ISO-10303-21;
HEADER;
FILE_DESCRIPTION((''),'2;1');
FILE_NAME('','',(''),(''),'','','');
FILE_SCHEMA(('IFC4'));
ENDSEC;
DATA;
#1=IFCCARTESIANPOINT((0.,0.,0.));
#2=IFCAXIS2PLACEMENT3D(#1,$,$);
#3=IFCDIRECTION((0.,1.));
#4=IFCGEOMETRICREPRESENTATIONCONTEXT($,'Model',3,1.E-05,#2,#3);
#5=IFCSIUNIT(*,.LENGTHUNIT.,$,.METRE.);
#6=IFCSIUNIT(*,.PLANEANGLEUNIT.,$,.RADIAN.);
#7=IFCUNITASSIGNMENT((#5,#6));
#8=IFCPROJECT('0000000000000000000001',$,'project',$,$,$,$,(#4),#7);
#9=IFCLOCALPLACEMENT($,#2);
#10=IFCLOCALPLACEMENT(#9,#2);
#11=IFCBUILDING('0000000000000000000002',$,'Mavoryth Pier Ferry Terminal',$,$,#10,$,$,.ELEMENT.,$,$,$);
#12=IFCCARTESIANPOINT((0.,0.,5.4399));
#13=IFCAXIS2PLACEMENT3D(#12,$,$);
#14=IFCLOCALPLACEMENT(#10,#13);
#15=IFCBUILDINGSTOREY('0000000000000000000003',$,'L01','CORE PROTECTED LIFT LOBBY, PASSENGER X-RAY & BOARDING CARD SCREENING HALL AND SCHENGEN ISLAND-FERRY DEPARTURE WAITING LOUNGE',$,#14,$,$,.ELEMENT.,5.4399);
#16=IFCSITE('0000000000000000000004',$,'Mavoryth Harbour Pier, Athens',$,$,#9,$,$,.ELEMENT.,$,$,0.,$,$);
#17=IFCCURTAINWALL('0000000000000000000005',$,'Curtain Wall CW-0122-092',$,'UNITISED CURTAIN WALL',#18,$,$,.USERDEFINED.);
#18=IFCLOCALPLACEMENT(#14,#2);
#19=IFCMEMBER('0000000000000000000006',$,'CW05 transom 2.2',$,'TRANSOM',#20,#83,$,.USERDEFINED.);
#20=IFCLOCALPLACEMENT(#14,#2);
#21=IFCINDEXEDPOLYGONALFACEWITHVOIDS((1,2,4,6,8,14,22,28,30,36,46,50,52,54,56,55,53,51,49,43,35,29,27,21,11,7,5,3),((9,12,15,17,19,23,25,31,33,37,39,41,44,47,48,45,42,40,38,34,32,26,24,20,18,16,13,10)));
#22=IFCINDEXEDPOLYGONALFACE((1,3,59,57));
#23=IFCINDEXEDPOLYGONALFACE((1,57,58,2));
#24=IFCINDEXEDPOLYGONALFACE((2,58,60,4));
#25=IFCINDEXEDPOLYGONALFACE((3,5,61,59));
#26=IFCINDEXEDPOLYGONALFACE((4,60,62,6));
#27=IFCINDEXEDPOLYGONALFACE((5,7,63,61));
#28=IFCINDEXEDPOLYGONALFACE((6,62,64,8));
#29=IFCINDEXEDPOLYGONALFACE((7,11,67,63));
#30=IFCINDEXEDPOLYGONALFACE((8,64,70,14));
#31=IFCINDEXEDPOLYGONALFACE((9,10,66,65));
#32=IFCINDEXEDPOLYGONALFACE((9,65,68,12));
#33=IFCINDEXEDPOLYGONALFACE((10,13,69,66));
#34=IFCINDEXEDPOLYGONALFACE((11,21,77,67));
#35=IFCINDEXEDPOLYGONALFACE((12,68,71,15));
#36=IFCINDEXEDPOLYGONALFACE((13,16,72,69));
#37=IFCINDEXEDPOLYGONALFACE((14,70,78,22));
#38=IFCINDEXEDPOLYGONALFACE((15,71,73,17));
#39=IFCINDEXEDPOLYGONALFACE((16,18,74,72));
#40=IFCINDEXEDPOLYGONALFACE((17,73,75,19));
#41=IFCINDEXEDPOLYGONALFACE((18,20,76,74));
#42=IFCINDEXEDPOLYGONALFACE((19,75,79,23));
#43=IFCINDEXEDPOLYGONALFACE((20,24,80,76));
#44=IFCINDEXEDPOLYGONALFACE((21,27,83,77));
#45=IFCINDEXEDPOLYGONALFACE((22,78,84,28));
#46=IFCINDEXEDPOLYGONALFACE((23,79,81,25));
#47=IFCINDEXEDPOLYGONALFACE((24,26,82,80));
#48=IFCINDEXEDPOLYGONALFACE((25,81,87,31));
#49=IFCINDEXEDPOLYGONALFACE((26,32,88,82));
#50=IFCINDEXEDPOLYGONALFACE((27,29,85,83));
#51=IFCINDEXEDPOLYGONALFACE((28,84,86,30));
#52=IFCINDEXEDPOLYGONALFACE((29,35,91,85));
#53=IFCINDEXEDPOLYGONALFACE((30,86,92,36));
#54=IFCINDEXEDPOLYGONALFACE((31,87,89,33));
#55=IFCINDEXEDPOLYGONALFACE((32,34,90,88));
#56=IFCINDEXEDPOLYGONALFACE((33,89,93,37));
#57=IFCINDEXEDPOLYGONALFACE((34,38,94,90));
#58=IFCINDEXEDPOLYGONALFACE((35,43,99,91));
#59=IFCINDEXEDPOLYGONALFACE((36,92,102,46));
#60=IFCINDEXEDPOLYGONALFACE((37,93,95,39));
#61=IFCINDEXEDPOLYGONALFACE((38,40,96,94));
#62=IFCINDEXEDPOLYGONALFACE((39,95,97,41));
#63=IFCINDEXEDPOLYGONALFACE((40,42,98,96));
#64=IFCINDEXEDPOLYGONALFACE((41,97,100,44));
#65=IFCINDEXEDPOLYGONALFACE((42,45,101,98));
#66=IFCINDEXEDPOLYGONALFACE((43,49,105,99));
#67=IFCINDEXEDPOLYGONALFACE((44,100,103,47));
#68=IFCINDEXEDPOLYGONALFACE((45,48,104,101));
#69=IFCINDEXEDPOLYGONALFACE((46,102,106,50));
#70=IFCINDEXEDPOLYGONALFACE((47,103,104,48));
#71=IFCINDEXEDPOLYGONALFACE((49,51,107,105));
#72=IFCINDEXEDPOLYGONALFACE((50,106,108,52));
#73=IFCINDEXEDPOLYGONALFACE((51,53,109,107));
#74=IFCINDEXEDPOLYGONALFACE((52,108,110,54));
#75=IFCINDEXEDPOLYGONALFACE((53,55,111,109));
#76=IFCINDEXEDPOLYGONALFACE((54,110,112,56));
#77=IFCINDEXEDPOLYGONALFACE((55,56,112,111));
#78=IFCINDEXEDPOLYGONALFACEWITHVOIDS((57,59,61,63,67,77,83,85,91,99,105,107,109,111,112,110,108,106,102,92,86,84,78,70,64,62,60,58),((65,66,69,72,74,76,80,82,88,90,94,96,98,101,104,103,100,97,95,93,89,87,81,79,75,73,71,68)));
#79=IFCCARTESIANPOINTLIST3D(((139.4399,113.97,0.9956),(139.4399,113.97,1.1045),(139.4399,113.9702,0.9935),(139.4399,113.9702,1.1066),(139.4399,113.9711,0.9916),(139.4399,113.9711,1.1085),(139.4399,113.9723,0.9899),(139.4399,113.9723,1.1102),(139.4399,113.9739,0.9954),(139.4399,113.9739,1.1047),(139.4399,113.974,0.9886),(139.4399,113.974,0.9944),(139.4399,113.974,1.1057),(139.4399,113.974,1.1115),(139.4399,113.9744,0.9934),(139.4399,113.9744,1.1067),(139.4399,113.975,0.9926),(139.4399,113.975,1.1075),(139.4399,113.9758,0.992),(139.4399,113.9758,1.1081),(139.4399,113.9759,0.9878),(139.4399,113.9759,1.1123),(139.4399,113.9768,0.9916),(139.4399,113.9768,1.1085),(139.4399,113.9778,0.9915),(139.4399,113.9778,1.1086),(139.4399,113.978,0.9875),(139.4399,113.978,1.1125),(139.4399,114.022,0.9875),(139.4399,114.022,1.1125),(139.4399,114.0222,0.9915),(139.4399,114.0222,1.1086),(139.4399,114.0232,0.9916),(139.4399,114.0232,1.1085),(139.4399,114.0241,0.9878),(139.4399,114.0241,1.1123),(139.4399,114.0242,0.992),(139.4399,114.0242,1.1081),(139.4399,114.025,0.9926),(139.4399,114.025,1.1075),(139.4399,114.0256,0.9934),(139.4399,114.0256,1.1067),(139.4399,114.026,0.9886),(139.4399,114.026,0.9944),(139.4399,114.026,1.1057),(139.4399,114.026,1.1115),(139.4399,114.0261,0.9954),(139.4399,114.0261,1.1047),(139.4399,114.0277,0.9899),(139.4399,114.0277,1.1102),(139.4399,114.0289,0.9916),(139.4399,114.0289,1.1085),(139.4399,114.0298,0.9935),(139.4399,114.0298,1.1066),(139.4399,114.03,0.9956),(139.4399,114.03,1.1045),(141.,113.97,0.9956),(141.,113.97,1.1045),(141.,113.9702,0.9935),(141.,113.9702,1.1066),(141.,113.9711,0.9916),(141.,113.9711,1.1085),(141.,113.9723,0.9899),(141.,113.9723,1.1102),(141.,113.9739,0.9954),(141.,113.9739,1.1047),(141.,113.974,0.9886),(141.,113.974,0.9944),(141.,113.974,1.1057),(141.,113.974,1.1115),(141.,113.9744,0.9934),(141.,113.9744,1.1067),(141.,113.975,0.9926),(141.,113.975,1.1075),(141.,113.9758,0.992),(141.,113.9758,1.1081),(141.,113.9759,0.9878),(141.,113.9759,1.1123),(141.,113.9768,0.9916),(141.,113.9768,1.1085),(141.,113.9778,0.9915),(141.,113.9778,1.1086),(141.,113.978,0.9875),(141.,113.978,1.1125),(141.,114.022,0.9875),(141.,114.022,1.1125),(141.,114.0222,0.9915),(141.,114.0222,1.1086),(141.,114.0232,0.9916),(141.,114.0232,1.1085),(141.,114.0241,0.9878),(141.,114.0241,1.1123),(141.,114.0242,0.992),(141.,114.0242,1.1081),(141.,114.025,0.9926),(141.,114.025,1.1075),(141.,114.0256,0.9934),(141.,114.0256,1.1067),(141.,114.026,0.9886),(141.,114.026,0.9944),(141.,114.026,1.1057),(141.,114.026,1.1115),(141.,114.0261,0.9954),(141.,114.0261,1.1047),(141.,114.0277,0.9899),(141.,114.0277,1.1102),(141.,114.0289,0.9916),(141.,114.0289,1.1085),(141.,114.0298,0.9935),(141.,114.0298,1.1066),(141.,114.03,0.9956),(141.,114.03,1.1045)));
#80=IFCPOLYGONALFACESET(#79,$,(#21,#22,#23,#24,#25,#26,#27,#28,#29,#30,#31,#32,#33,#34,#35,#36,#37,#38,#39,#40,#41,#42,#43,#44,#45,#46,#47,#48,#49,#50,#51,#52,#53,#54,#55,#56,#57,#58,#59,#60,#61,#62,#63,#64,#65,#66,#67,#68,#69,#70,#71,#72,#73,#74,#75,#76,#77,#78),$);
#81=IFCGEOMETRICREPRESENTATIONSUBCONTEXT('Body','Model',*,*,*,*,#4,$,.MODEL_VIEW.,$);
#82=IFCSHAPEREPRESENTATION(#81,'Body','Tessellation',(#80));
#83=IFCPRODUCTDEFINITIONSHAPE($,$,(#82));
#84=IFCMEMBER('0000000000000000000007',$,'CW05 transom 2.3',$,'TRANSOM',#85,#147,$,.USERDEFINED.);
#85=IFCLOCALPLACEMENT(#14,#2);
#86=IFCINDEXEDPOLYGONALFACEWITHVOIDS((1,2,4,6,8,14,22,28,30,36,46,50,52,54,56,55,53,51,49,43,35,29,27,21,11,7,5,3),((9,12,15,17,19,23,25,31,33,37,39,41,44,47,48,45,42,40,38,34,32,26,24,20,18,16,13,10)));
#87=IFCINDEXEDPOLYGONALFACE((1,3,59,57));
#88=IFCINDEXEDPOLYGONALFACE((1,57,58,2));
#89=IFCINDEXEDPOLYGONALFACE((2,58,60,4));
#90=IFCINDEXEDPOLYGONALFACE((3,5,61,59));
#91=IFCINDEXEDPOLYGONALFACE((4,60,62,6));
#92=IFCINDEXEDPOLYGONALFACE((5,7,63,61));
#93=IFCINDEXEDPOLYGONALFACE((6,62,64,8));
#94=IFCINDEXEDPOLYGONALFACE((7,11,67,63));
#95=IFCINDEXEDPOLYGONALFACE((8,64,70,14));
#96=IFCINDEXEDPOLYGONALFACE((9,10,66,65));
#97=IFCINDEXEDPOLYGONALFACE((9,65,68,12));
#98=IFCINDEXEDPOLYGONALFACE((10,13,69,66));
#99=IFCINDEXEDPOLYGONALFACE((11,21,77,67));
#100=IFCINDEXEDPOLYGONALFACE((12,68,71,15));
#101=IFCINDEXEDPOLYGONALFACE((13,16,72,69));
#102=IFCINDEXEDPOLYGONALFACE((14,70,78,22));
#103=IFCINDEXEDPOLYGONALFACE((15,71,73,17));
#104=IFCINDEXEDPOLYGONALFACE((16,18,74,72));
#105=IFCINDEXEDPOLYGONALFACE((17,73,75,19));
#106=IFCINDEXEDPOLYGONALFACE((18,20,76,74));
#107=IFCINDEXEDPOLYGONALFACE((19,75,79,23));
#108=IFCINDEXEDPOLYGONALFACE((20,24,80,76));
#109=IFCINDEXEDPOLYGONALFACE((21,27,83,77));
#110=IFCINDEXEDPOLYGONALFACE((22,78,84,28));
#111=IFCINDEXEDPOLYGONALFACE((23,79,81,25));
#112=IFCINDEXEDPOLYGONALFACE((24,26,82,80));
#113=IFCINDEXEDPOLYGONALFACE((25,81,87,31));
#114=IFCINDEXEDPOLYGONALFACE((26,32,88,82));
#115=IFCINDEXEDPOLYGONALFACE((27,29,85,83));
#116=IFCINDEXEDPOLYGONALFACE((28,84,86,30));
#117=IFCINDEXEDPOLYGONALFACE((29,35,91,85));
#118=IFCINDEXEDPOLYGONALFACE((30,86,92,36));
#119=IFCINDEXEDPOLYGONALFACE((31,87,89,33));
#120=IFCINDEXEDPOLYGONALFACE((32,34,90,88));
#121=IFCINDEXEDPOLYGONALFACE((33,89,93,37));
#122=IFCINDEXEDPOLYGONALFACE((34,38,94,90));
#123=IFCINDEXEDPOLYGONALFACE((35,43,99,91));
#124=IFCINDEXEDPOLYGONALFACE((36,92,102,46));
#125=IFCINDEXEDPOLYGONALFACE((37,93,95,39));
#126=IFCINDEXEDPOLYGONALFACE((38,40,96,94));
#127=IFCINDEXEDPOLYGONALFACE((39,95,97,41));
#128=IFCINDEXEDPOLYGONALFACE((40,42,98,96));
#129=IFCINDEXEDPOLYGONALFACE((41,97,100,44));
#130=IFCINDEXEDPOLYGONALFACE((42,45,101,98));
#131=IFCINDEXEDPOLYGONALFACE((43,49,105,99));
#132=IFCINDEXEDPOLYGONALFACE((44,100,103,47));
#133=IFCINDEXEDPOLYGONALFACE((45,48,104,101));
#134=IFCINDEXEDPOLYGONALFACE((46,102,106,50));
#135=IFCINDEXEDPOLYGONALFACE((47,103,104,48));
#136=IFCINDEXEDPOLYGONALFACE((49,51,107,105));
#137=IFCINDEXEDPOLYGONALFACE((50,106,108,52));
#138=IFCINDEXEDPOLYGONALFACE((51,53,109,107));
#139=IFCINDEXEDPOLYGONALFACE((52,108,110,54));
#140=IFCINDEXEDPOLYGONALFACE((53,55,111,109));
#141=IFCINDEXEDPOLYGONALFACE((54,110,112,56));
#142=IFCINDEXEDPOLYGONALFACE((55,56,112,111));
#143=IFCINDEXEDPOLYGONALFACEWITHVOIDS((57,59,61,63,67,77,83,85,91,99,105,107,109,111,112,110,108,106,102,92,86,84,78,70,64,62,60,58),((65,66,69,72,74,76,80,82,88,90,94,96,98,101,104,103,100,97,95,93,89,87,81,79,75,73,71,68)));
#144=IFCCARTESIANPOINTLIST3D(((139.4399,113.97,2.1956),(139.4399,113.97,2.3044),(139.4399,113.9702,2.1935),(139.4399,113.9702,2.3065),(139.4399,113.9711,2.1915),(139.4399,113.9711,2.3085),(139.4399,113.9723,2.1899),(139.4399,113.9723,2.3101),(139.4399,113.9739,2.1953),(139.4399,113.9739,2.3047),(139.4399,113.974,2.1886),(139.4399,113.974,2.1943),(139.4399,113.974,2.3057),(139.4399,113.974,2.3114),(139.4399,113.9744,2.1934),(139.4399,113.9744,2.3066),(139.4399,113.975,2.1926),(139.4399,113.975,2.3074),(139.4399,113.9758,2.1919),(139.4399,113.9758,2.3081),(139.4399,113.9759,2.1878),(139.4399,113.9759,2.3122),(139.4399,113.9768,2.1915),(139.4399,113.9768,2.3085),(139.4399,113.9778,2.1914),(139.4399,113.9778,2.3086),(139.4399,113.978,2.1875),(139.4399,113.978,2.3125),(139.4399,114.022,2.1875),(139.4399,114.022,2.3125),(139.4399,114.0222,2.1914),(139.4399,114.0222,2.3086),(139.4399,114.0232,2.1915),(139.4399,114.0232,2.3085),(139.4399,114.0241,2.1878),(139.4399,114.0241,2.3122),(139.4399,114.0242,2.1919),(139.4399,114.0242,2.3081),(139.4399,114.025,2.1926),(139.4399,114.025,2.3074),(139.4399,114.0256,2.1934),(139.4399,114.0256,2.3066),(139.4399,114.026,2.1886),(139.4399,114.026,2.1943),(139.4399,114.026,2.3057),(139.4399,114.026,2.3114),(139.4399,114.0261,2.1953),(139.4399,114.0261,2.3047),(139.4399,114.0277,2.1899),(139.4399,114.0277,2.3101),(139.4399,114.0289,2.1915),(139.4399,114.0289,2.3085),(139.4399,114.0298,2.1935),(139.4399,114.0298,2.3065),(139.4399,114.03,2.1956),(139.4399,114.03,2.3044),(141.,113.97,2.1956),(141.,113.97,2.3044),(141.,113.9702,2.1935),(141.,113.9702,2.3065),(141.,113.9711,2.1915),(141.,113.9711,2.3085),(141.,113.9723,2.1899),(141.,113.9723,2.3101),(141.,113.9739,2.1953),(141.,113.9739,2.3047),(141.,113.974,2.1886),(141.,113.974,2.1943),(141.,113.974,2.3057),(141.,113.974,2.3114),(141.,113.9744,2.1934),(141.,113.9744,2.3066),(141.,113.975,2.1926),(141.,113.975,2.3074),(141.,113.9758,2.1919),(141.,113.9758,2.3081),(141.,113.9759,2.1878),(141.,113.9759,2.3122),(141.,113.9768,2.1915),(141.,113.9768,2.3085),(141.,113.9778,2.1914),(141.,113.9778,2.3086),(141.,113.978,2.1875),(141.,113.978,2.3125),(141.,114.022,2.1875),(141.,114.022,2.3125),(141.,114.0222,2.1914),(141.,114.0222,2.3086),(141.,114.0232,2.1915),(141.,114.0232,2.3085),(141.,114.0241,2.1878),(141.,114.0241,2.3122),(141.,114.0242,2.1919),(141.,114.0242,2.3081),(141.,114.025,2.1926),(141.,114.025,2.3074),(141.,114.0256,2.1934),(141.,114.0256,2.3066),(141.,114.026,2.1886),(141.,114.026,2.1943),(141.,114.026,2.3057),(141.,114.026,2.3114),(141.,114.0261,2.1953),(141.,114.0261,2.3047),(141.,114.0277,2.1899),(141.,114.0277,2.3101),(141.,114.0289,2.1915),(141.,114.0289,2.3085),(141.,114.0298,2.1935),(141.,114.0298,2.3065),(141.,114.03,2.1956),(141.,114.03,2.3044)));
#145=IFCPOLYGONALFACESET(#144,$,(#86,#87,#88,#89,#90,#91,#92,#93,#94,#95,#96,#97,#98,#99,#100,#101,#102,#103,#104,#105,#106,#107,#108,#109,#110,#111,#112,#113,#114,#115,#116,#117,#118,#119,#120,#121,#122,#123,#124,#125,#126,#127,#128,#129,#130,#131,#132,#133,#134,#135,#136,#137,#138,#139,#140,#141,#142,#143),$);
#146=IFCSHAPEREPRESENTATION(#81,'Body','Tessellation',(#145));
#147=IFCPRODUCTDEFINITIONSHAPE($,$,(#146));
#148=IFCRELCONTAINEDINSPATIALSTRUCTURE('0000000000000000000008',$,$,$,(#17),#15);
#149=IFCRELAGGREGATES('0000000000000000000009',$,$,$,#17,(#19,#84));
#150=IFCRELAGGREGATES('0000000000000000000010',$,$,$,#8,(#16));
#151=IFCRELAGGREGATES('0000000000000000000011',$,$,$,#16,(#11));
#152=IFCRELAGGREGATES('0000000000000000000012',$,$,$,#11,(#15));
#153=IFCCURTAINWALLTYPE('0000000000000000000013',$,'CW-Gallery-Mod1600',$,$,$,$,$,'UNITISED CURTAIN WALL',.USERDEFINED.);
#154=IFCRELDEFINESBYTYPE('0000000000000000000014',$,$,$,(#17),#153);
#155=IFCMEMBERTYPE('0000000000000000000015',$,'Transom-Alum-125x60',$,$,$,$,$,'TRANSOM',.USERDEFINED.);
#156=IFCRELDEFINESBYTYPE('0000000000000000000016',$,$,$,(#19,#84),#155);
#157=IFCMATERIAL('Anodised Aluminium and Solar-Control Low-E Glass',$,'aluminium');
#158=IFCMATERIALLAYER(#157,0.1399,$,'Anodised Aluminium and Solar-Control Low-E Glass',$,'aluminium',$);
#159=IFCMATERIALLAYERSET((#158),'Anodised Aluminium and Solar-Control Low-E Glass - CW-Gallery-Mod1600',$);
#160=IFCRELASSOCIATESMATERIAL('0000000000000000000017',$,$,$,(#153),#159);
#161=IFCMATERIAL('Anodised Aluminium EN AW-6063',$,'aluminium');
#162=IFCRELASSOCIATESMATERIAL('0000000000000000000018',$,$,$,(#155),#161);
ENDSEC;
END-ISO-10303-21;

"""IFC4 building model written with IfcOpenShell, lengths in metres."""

from ifc_helpers import new_model, si_unit, direction, frame, origin, origin_2d, place, context, subcontext, project, spatial, hollow_rectangle, extrude, material, layer, layer_set, material_profile, profile_set, type_object, element, aggregate, save


model = new_model("IFC4")

# Units and contexts
model_context = context("Model", 3, precision=1e-05, world=origin(), true_north=direction((0.0, 1.0)))
body_context = subcontext(model_context, "Body", "Model", "MODEL_VIEW")
ifc_project = project(units=[si_unit("LENGTHUNIT", "METRE"), si_unit("PLANEANGLEUNIT", "RADIAN")], contexts=[model_context])

# Site, building, storey
site_placement = place(None, origin())
site = spatial("IfcSite", under=ifc_project, at=site_placement, Name="Mavoryth Harbour Pier, Athens", CompositionType="ELEMENT", RefElevation=0.0)
building_placement = place(site_placement, origin())
building = spatial("IfcBuilding", under=site, at=building_placement, Name="Mavoryth Pier Ferry Terminal", CompositionType="ELEMENT")
storey_placement = place(building_placement, frame((0.0, 0.0, 5.4399)))
storey = spatial("IfcBuildingStorey", under=building, at=storey_placement, Name="L01", Description="CORE PROTECTED LIFT LOBBY, PASSENGER X-RAY & BOARDING CARD SCREENING HALL AND SCHENGEN ISLAND-FERRY DEPARTURE WAITING LOUNGE", CompositionType="ELEMENT", Elevation=5.4399)

# Curtain wall, members
ifc_material_1 = material(Name="Anodised Aluminium and Solar-Control Low-E Glass", Category="aluminium")
ifc_layer_1 = layer(ifc_material_1, 0.1399, Name="Anodised Aluminium and Solar-Control Low-E Glass", Category="aluminium")
ifc_layer_set_1 = layer_set([ifc_layer_1], Name="Anodised Aluminium and Solar-Control Low-E Glass - CW-Gallery-Mod1600")
curtain_wall_type = type_object("IfcCurtainWallType", Name="CW-Gallery-Mod1600", ElementType="UNITISED CURTAIN WALL", PredefinedType="USERDEFINED", material=ifc_layer_set_1)
curtain_wall_placement = place(storey_placement, origin())
curtain_wall = element("IfcCurtainWall", 1, at=curtain_wall_placement, inside=storey, type_object=curtain_wall_type, Name="Curtain Wall CW-0122-092", ObjectType="UNITISED CURTAIN WALL", PredefinedType="USERDEFINED")
ifc_material_2 = material(Name="Anodised Aluminium EN AW-6063", Category="aluminium")
ifc_material_profile_1 = material_profile(ifc_material_2, hollow_rectangle(XDim=0.0601, YDim=0.125, WallThickness=0.0039, InnerFilletRadius=0.0039, OuterFilletRadius=0.0081, at=origin_2d()), Name="AL-TRAN 125x60x4", Category="aluminium")
ifc_profile_set_1 = profile_set([ifc_material_profile_1], Name="Anodised Aluminium EN AW-6063 - AL-TRAN 125x60x4")
member_type_1 = type_object("IfcMemberType", Name="Transom-Alum-125x60", ElementType="TRANSOM", PredefinedType="USERDEFINED", material=ifc_profile_set_1)
member_1_placement = place(storey_placement, frame((141.0, 114.0, 1.05), z_axis=(-1.0, 0.0, 0.0), x_axis=(0.0, -1.0, 0.0)))
member_1 = element("IfcMember", 2, at=member_1_placement, type_object=member_type_1, Name="CW05 transom 2.2", ObjectType="TRANSOM", PredefinedType="USERDEFINED", context=body_context, shape_type="SweptSolid", body=[
    extrude(hollow_rectangle(XDim=0.0601, YDim=0.125, WallThickness=0.0039, InnerFilletRadius=0.0039, OuterFilletRadius=0.0081, at=origin_2d()), origin(), (0.0, 0.0, 1.0), 1.5601),
])
member_2_placement = place(storey_placement, frame((141.0, 114.0, 2.25), z_axis=(-1.0, 0.0, 0.0), x_axis=(0.0, -1.0, 0.0)))
member_2 = element("IfcMember", 3, at=member_2_placement, type_object=member_type_1, Name="CW05 transom 2.3", ObjectType="TRANSOM", PredefinedType="USERDEFINED", context=body_context, shape_type="SweptSolid", body=[
    extrude(hollow_rectangle(XDim=0.0601, YDim=0.125, WallThickness=0.0039, InnerFilletRadius=0.0039, OuterFilletRadius=0.0081, at=origin_2d()), origin(), (0.0, 0.0, 1.0), 1.5601),
])
aggregate(curtain_wall, [member_1, member_2])

save(model, "model.ifc")
